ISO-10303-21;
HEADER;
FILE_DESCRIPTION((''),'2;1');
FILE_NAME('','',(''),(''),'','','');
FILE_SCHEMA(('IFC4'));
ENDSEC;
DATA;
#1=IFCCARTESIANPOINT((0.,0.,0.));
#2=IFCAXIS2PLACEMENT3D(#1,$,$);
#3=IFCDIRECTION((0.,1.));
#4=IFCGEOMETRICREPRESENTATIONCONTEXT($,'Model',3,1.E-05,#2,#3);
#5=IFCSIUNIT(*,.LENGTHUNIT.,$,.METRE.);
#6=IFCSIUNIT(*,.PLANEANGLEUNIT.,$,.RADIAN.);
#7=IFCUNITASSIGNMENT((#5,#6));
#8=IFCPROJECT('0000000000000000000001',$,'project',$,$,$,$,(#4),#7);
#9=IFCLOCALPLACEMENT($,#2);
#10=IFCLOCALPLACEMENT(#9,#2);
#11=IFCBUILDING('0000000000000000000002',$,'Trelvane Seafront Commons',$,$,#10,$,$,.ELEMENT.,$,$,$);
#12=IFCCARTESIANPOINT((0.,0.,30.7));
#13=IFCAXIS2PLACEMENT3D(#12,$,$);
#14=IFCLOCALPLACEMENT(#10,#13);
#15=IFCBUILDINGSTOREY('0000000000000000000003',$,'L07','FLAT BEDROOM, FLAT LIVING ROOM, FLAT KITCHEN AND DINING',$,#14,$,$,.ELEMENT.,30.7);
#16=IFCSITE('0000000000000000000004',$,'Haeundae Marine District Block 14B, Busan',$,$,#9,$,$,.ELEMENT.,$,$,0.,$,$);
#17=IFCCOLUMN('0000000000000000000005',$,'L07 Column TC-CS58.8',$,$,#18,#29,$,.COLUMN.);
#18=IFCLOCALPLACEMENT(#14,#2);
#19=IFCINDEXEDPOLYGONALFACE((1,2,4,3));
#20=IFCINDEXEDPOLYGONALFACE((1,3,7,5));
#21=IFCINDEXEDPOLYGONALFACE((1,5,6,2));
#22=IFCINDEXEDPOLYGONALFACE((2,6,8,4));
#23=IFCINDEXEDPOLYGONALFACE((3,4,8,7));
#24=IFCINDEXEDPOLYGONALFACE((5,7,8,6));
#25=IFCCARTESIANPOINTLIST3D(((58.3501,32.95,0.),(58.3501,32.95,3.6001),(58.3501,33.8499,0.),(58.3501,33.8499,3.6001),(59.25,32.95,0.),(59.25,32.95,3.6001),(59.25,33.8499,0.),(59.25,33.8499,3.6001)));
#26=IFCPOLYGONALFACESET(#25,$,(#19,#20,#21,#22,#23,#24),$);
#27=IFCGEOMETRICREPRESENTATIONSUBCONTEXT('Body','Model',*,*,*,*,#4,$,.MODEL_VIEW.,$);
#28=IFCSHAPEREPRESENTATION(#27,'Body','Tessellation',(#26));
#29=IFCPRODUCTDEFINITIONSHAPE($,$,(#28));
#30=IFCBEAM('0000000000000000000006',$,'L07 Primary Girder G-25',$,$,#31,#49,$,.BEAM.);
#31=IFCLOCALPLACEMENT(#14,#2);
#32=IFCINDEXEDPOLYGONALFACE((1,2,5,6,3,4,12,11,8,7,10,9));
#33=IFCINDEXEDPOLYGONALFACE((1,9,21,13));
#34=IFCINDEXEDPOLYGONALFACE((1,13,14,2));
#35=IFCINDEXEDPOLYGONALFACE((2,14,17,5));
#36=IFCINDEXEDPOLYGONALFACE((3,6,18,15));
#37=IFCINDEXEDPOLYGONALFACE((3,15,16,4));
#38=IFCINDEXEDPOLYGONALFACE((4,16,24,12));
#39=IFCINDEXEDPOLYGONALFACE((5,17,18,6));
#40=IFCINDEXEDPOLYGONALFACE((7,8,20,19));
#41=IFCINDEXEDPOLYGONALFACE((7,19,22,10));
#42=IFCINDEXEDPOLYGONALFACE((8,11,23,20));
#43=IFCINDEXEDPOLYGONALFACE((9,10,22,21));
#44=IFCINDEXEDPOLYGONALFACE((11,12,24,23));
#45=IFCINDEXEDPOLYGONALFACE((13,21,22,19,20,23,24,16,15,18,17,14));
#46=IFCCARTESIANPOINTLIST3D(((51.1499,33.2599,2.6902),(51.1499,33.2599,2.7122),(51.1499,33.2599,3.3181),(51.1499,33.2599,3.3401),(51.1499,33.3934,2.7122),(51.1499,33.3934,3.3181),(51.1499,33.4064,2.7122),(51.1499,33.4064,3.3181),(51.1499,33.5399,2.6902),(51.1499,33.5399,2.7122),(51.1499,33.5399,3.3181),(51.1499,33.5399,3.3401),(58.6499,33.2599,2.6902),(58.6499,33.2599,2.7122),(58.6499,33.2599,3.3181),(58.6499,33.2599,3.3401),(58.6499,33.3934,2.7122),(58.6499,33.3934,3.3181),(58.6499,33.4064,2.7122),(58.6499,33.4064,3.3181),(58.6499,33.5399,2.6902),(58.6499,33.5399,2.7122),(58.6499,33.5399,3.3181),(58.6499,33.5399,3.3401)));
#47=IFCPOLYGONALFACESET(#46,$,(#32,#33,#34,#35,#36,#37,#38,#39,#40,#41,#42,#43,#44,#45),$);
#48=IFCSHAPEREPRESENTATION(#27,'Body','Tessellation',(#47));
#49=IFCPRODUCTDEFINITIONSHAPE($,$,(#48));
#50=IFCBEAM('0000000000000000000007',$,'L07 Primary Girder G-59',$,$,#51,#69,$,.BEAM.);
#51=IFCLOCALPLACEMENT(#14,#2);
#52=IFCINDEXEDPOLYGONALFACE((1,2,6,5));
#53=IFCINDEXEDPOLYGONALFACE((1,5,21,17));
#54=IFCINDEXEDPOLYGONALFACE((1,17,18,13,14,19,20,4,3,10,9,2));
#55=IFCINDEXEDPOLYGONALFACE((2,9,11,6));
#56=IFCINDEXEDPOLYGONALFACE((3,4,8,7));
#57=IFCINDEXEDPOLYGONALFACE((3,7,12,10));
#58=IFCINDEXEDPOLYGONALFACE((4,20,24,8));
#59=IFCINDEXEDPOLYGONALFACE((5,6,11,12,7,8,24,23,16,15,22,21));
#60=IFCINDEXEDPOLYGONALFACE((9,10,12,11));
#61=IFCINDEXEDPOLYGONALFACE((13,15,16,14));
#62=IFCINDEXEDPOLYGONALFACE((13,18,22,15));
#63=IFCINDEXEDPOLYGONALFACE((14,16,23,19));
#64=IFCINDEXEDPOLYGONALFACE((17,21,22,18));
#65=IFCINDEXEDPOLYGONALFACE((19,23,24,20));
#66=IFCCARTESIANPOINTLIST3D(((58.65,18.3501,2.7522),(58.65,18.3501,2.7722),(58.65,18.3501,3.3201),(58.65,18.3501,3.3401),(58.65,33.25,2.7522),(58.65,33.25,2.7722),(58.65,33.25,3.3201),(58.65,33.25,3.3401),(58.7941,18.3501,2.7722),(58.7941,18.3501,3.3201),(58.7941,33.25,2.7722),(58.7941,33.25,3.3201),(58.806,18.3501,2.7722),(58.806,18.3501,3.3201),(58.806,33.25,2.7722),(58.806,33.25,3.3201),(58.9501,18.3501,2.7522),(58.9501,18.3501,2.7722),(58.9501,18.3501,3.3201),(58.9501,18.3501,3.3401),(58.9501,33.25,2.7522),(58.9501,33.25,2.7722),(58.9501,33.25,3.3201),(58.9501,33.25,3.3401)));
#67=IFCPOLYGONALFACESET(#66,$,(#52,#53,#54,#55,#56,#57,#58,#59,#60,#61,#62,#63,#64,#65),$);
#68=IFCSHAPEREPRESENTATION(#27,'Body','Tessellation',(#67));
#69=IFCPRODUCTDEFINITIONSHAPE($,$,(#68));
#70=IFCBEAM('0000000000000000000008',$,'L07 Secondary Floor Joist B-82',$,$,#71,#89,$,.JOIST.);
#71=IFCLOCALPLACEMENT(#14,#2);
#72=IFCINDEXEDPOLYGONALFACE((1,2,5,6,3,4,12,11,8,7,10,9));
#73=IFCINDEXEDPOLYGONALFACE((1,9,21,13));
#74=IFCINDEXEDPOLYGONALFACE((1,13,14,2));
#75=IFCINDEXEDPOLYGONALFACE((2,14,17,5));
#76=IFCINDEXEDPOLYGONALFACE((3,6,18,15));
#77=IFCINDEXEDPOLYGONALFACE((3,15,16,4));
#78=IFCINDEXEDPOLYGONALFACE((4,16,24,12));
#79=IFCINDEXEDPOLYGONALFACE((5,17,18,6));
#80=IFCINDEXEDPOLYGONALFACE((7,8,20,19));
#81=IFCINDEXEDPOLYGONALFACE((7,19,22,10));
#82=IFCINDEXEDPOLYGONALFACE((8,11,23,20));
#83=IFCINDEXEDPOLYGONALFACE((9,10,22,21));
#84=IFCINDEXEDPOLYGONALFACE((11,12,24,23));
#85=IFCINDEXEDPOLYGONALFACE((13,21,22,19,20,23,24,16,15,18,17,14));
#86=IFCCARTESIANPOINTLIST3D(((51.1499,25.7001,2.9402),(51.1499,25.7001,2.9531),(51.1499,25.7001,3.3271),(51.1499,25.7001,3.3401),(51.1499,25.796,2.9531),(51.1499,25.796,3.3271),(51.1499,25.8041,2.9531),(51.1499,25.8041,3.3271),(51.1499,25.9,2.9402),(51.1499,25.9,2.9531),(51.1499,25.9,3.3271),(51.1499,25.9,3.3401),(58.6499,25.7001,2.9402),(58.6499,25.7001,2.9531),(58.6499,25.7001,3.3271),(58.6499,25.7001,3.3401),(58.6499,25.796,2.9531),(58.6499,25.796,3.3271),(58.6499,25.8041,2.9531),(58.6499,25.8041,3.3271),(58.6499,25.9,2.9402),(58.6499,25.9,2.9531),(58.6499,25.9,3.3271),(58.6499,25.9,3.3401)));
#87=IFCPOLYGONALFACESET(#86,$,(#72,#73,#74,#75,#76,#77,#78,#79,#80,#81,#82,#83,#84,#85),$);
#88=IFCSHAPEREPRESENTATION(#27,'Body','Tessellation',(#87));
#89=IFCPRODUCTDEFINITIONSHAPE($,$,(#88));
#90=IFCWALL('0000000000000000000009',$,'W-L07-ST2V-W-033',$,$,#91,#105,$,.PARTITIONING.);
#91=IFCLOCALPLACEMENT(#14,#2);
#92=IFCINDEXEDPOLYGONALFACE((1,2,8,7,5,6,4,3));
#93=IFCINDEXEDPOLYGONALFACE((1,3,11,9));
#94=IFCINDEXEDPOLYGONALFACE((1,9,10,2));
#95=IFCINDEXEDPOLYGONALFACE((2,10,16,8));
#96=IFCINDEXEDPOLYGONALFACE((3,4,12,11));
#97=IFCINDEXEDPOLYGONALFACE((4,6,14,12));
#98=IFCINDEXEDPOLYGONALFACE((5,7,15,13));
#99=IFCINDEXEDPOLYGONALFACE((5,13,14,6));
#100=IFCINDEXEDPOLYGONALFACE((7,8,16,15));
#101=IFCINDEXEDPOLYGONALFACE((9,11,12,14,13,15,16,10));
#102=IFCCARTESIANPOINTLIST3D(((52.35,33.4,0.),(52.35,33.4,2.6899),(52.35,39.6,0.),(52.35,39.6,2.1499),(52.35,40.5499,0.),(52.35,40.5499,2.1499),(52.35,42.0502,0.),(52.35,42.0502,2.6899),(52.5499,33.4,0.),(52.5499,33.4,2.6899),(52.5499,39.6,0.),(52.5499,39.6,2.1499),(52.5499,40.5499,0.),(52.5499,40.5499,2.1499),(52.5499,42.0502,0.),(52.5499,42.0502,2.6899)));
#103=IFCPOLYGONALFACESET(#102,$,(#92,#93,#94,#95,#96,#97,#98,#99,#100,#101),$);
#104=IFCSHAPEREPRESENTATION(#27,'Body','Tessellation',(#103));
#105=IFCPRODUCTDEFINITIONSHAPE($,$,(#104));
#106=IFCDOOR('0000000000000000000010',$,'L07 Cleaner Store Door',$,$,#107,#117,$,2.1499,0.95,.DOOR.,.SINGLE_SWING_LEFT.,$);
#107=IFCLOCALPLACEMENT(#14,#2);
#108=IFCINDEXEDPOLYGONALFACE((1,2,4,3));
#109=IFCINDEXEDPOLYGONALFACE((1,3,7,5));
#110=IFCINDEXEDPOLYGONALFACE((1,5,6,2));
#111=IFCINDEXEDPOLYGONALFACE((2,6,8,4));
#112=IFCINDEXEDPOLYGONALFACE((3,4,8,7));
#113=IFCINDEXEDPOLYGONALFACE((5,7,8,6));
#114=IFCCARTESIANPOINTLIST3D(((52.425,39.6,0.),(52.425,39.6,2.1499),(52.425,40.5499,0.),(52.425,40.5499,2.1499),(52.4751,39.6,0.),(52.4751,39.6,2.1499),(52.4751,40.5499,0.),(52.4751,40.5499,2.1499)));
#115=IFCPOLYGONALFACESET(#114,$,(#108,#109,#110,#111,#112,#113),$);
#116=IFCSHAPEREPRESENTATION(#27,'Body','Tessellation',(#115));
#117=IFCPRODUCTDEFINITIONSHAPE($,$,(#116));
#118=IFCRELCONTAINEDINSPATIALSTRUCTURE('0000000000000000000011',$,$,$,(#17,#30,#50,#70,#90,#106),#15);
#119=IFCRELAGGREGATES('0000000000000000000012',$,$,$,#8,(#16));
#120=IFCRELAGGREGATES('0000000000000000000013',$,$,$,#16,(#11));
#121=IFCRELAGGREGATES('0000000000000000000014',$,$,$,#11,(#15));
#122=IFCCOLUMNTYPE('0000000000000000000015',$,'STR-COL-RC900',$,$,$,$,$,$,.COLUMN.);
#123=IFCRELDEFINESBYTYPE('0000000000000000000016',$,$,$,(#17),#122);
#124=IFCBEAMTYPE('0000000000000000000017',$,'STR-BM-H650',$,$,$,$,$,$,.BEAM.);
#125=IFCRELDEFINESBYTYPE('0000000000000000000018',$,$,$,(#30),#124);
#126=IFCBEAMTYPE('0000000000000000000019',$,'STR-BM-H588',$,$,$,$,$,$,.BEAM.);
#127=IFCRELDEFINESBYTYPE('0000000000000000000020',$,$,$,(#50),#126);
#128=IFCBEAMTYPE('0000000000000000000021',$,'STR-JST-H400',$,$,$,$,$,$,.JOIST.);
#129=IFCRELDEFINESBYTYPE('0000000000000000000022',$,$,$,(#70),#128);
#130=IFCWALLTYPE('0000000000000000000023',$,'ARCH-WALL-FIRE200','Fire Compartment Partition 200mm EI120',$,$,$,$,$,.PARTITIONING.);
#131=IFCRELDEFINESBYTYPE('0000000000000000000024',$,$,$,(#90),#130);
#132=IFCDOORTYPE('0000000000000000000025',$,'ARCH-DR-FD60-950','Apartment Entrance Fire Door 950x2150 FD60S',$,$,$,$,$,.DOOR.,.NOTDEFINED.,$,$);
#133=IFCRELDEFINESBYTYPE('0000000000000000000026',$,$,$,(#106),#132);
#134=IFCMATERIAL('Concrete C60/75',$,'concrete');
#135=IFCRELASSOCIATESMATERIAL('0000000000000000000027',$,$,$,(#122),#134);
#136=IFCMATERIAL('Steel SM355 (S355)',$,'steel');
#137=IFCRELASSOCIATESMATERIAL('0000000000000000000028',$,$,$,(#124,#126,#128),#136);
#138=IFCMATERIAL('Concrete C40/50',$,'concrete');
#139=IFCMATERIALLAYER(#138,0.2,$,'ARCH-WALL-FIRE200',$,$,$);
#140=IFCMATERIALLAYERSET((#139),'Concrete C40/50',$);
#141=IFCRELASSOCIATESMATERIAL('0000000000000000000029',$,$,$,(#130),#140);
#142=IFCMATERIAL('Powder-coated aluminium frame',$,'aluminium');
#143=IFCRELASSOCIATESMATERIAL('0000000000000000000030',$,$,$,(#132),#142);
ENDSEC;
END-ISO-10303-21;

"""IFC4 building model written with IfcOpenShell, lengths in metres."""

from ifc_helpers import new_model, si_unit, direction, frame, frame_2d, origin, origin_2d, place, context, subcontext, project, spatial, rectangle, i_section, extrude, source, transform, mapped, material, layer, layer_set, material_profile, profile_set, type_object, element, fill, save


model = new_model("IFC4")

# Units and contexts
model_context = context("Model", 3, precision=1e-05, world=origin(), true_north=direction((0.0, 1.0)))
body_context = subcontext(model_context, "Body", "Model", "MODEL_VIEW")
ifc_project = project(units=[si_unit("LENGTHUNIT", "METRE"), si_unit("PLANEANGLEUNIT", "RADIAN")], contexts=[model_context])

# Site, building, storey
site_placement = place(None, origin())
site = spatial("IfcSite", under=ifc_project, at=site_placement, Name="Haeundae Marine District Block 14B, Busan", CompositionType="ELEMENT", RefElevation=0.0)
building_placement = place(site_placement, origin())
building = spatial("IfcBuilding", under=site, at=building_placement, Name="Trelvane Seafront Commons", CompositionType="ELEMENT")
storey_placement = place(building_placement, frame((0.0, 0.0, 30.7)))
storey = spatial("IfcBuildingStorey", under=building, at=storey_placement, Name="L07", Description="FLAT BEDROOM, FLAT LIVING ROOM, FLAT KITCHEN AND DINING", CompositionType="ELEMENT", Elevation=30.7)

# Column
ifc_material_1 = material(Name="Concrete C60/75", Category="concrete")
ifc_material_profile_1 = material_profile(ifc_material_1, rectangle(XDim=0.8999, YDim=0.8999, at=origin_2d()), Name="RC-900x900")
ifc_profile_set_1 = profile_set([ifc_material_profile_1], Name="Concrete C60/75")
column_type = type_object("IfcColumnType", Name="STR-COL-RC900", PredefinedType="COLUMN", material=ifc_profile_set_1)
shared_shape_1 = source(origin(), body_context, "Body", "SweptSolid", [
    extrude(rectangle(XDim=0.8999, YDim=0.8999, at=origin_2d()), origin(), (0.0, 0.0, 1.0), 3.6001),
])
column_placement = place(storey_placement, frame((58.8, 33.3999, 0.0), z_axis=(0.0, 0.0, 1.0), x_axis=(1.0, 0.0, 0.0)))
element("IfcColumn", 1, at=column_placement, inside=storey, type_object=column_type, Name="L07 Column TC-CS58.8", PredefinedType="COLUMN", context=body_context, shape_type="MappedRepresentation", body=[
    mapped(shared_shape_1, transform((0.0, 0.0, 0.0), x_axis=(1.0, 0.0, 0.0), y_axis=(0.0, 1.0, 0.0), z_axis=(0.0, 0.0, 1.0), scale=1.0)),
])

# Beams
ifc_material_2 = material(Name="Steel SM355 (S355)", Category="steel")
ifc_material_profile_2 = material_profile(ifc_material_2, i_section(OverallWidth=0.28, OverallDepth=0.6499, WebThickness=0.0129, FlangeThickness=0.022, at=origin_2d()), Name="H-650x280x13x22")
ifc_profile_set_2 = profile_set([ifc_material_profile_2], Name="Steel SM355 (S355)")
beam_type_1 = type_object("IfcBeamType", Name="STR-BM-H650", PredefinedType="BEAM", material=ifc_profile_set_2)
shared_shape_2 = source(origin(), body_context, "Body", "SweptSolid", [
    extrude(i_section(OverallWidth=0.28, OverallDepth=0.6499, WebThickness=0.0129, FlangeThickness=0.022, at=origin_2d()), origin(), (0.0, 0.0, 1.0), 7.5),
])
beam_1_placement = place(storey_placement, frame((51.1499, 33.3999, 3.0151), z_axis=(1.0, 0.0, 0.0), x_axis=(0.0, 1.0, 0.0)))
element("IfcBeam", 2, at=beam_1_placement, inside=storey, type_object=beam_type_1, Name="L07 Primary Girder G-25", PredefinedType="BEAM", context=body_context, shape_type="MappedRepresentation", body=[
    mapped(shared_shape_2, transform((0.0, 0.0, 0.0), x_axis=(1.0, 0.0, 0.0), y_axis=(0.0, 1.0, 0.0), z_axis=(0.0, 0.0, 1.0), scale=1.0)),
])
ifc_material_profile_3 = material_profile(ifc_material_2, i_section(OverallWidth=0.3, OverallDepth=0.5879, WebThickness=0.012, FlangeThickness=0.02, at=origin_2d()), Name="H-588x300x12x20")
ifc_profile_set_3 = profile_set([ifc_material_profile_3], Name="Steel SM355 (S355)")
beam_type_2 = type_object("IfcBeamType", Name="STR-BM-H588", PredefinedType="BEAM", material=ifc_profile_set_3)
shared_shape_3 = source(origin(), body_context, "Body", "SweptSolid", [
    extrude(i_section(OverallWidth=0.3, OverallDepth=0.5879, WebThickness=0.012, FlangeThickness=0.02, at=origin_2d()), origin(), (0.0, 0.0, 1.0), 14.8999),
])
beam_2_placement = place(storey_placement, frame((58.8, 18.3501, 3.0461), z_axis=(0.0, 1.0, 0.0), x_axis=(-1.0, 0.0, 0.0)))
element("IfcBeam", 3, at=beam_2_placement, inside=storey, type_object=beam_type_2, Name="L07 Primary Girder G-59", PredefinedType="BEAM", context=body_context, shape_type="MappedRepresentation", body=[
    mapped(shared_shape_3, transform((0.0, 0.0, 0.0), x_axis=(1.0, 0.0, 0.0), y_axis=(0.0, 1.0, 0.0), z_axis=(0.0, 0.0, 1.0), scale=1.0)),
])
ifc_material_profile_4 = material_profile(ifc_material_2, i_section(OverallWidth=0.2, OverallDepth=0.3999, WebThickness=0.0081, FlangeThickness=0.0129, at=origin_2d()), Name="H-400x200x8x13")
ifc_profile_set_4 = profile_set([ifc_material_profile_4], Name="Steel SM355 (S355)")
beam_type_3 = type_object("IfcBeamType", Name="STR-JST-H400", PredefinedType="JOIST", material=ifc_profile_set_4)
shared_shape_4 = source(origin(), body_context, "Body", "SweptSolid", [
    extrude(i_section(OverallWidth=0.2, OverallDepth=0.3999, WebThickness=0.0081, FlangeThickness=0.0129, at=origin_2d()), origin(), (0.0, 0.0, 1.0), 7.5),
])
beam_3_placement = place(storey_placement, frame((51.1499, 25.8, 3.1401), z_axis=(1.0, 0.0, 0.0), x_axis=(0.0, 1.0, 0.0)))
element("IfcBeam", 4, at=beam_3_placement, inside=storey, type_object=beam_type_3, Name="L07 Secondary Floor Joist B-82", PredefinedType="JOIST", context=body_context, shape_type="MappedRepresentation", body=[
    mapped(shared_shape_4, transform((0.0, 0.0, 0.0), x_axis=(1.0, 0.0, 0.0), y_axis=(0.0, 1.0, 0.0), z_axis=(0.0, 0.0, 1.0), scale=1.0)),
])

# Wall, opening, door
ifc_material_3 = material(Name="Concrete C40/50", Category="concrete")
ifc_layer_1 = layer(ifc_material_3, 0.2, Name="ARCH-WALL-FIRE200")
ifc_layer_set_1 = layer_set([ifc_layer_1], Name="Concrete C40/50")
wall_type_1 = type_object("IfcWallType", Name="ARCH-WALL-FIRE200", Description="Fire Compartment Partition 200mm EI120", PredefinedType="PARTITIONING", material=ifc_layer_set_1)
wall_1_placement = place(storey_placement, frame((52.45, 33.3999, 0.0), z_axis=(0.0, 0.0, 1.0), x_axis=(0.0, 1.0, 0.0)))
wall_1 = element("IfcWall", 5, at=wall_1_placement, inside=storey, type_object=wall_type_1, Name="W-L07-ST2V-W-033", PredefinedType="PARTITIONING", context=body_context, shape_type="SweptSolid", body=[
    extrude(rectangle(XDim=8.6501, YDim=0.2, at=frame_2d((4.3252, 0.0))), origin(), (0.0, 0.0, 1.0), 2.6899),
])
opening_1_placement = place(wall_1_placement, frame((6.2, 0.0, 0.0)))
opening_1 = element("IfcOpeningElement", 6, at=opening_1_placement, cuts=wall_1, PredefinedType="OPENING", context=body_context, shape_type="SweptSolid", body=[
    extrude(rectangle(XDim=0.95, YDim=2.1499, at=frame_2d((0.4751, 1.075))), frame((0.0, 0.1099, 0.0), z_axis=(0.0, -1.0, 0.0), x_axis=(1.0, 0.0, 0.0)), (0.0, 0.0, 1.0), 0.22),
])
ifc_material_4 = material(Name="Powder-coated aluminium frame", Category="aluminium")
door_type_1 = type_object("IfcDoorType", Name="ARCH-DR-FD60-950", Description="Apartment Entrance Fire Door 950x2150 FD60S", OperationType="NOTDEFINED", PredefinedType="DOOR", material=ifc_material_4)
shared_shape_5 = source(origin(), body_context, "Body", "SweptSolid", [
    extrude(rectangle(XDim=0.95, YDim=2.1499, at=frame_2d((0.4751, 1.075))), frame((0.0, 0.0249, 0.0), z_axis=(0.0, -1.0, 0.0), x_axis=(1.0, 0.0, 0.0)), (0.0, 0.0, 1.0), 0.05),
])
door_1_placement = place(opening_1_placement, origin())
door_1 = element("IfcDoor", 7, at=door_1_placement, inside=storey, type_object=door_type_1, Name="L07 Cleaner Store Door", OperationType="SINGLE_SWING_LEFT", OverallHeight=2.1499, OverallWidth=0.95, PredefinedType="DOOR", context=body_context, shape_type="MappedRepresentation", body=[
    mapped(shared_shape_5, transform((0.0, 0.0, 0.0), x_axis=(1.0, 0.0, 0.0), y_axis=(0.0, 1.0, 0.0), z_axis=(0.0, 0.0, 1.0), scale=1.0)),
])
fill(opening_1, door_1)

save(model, "model.ifc")
